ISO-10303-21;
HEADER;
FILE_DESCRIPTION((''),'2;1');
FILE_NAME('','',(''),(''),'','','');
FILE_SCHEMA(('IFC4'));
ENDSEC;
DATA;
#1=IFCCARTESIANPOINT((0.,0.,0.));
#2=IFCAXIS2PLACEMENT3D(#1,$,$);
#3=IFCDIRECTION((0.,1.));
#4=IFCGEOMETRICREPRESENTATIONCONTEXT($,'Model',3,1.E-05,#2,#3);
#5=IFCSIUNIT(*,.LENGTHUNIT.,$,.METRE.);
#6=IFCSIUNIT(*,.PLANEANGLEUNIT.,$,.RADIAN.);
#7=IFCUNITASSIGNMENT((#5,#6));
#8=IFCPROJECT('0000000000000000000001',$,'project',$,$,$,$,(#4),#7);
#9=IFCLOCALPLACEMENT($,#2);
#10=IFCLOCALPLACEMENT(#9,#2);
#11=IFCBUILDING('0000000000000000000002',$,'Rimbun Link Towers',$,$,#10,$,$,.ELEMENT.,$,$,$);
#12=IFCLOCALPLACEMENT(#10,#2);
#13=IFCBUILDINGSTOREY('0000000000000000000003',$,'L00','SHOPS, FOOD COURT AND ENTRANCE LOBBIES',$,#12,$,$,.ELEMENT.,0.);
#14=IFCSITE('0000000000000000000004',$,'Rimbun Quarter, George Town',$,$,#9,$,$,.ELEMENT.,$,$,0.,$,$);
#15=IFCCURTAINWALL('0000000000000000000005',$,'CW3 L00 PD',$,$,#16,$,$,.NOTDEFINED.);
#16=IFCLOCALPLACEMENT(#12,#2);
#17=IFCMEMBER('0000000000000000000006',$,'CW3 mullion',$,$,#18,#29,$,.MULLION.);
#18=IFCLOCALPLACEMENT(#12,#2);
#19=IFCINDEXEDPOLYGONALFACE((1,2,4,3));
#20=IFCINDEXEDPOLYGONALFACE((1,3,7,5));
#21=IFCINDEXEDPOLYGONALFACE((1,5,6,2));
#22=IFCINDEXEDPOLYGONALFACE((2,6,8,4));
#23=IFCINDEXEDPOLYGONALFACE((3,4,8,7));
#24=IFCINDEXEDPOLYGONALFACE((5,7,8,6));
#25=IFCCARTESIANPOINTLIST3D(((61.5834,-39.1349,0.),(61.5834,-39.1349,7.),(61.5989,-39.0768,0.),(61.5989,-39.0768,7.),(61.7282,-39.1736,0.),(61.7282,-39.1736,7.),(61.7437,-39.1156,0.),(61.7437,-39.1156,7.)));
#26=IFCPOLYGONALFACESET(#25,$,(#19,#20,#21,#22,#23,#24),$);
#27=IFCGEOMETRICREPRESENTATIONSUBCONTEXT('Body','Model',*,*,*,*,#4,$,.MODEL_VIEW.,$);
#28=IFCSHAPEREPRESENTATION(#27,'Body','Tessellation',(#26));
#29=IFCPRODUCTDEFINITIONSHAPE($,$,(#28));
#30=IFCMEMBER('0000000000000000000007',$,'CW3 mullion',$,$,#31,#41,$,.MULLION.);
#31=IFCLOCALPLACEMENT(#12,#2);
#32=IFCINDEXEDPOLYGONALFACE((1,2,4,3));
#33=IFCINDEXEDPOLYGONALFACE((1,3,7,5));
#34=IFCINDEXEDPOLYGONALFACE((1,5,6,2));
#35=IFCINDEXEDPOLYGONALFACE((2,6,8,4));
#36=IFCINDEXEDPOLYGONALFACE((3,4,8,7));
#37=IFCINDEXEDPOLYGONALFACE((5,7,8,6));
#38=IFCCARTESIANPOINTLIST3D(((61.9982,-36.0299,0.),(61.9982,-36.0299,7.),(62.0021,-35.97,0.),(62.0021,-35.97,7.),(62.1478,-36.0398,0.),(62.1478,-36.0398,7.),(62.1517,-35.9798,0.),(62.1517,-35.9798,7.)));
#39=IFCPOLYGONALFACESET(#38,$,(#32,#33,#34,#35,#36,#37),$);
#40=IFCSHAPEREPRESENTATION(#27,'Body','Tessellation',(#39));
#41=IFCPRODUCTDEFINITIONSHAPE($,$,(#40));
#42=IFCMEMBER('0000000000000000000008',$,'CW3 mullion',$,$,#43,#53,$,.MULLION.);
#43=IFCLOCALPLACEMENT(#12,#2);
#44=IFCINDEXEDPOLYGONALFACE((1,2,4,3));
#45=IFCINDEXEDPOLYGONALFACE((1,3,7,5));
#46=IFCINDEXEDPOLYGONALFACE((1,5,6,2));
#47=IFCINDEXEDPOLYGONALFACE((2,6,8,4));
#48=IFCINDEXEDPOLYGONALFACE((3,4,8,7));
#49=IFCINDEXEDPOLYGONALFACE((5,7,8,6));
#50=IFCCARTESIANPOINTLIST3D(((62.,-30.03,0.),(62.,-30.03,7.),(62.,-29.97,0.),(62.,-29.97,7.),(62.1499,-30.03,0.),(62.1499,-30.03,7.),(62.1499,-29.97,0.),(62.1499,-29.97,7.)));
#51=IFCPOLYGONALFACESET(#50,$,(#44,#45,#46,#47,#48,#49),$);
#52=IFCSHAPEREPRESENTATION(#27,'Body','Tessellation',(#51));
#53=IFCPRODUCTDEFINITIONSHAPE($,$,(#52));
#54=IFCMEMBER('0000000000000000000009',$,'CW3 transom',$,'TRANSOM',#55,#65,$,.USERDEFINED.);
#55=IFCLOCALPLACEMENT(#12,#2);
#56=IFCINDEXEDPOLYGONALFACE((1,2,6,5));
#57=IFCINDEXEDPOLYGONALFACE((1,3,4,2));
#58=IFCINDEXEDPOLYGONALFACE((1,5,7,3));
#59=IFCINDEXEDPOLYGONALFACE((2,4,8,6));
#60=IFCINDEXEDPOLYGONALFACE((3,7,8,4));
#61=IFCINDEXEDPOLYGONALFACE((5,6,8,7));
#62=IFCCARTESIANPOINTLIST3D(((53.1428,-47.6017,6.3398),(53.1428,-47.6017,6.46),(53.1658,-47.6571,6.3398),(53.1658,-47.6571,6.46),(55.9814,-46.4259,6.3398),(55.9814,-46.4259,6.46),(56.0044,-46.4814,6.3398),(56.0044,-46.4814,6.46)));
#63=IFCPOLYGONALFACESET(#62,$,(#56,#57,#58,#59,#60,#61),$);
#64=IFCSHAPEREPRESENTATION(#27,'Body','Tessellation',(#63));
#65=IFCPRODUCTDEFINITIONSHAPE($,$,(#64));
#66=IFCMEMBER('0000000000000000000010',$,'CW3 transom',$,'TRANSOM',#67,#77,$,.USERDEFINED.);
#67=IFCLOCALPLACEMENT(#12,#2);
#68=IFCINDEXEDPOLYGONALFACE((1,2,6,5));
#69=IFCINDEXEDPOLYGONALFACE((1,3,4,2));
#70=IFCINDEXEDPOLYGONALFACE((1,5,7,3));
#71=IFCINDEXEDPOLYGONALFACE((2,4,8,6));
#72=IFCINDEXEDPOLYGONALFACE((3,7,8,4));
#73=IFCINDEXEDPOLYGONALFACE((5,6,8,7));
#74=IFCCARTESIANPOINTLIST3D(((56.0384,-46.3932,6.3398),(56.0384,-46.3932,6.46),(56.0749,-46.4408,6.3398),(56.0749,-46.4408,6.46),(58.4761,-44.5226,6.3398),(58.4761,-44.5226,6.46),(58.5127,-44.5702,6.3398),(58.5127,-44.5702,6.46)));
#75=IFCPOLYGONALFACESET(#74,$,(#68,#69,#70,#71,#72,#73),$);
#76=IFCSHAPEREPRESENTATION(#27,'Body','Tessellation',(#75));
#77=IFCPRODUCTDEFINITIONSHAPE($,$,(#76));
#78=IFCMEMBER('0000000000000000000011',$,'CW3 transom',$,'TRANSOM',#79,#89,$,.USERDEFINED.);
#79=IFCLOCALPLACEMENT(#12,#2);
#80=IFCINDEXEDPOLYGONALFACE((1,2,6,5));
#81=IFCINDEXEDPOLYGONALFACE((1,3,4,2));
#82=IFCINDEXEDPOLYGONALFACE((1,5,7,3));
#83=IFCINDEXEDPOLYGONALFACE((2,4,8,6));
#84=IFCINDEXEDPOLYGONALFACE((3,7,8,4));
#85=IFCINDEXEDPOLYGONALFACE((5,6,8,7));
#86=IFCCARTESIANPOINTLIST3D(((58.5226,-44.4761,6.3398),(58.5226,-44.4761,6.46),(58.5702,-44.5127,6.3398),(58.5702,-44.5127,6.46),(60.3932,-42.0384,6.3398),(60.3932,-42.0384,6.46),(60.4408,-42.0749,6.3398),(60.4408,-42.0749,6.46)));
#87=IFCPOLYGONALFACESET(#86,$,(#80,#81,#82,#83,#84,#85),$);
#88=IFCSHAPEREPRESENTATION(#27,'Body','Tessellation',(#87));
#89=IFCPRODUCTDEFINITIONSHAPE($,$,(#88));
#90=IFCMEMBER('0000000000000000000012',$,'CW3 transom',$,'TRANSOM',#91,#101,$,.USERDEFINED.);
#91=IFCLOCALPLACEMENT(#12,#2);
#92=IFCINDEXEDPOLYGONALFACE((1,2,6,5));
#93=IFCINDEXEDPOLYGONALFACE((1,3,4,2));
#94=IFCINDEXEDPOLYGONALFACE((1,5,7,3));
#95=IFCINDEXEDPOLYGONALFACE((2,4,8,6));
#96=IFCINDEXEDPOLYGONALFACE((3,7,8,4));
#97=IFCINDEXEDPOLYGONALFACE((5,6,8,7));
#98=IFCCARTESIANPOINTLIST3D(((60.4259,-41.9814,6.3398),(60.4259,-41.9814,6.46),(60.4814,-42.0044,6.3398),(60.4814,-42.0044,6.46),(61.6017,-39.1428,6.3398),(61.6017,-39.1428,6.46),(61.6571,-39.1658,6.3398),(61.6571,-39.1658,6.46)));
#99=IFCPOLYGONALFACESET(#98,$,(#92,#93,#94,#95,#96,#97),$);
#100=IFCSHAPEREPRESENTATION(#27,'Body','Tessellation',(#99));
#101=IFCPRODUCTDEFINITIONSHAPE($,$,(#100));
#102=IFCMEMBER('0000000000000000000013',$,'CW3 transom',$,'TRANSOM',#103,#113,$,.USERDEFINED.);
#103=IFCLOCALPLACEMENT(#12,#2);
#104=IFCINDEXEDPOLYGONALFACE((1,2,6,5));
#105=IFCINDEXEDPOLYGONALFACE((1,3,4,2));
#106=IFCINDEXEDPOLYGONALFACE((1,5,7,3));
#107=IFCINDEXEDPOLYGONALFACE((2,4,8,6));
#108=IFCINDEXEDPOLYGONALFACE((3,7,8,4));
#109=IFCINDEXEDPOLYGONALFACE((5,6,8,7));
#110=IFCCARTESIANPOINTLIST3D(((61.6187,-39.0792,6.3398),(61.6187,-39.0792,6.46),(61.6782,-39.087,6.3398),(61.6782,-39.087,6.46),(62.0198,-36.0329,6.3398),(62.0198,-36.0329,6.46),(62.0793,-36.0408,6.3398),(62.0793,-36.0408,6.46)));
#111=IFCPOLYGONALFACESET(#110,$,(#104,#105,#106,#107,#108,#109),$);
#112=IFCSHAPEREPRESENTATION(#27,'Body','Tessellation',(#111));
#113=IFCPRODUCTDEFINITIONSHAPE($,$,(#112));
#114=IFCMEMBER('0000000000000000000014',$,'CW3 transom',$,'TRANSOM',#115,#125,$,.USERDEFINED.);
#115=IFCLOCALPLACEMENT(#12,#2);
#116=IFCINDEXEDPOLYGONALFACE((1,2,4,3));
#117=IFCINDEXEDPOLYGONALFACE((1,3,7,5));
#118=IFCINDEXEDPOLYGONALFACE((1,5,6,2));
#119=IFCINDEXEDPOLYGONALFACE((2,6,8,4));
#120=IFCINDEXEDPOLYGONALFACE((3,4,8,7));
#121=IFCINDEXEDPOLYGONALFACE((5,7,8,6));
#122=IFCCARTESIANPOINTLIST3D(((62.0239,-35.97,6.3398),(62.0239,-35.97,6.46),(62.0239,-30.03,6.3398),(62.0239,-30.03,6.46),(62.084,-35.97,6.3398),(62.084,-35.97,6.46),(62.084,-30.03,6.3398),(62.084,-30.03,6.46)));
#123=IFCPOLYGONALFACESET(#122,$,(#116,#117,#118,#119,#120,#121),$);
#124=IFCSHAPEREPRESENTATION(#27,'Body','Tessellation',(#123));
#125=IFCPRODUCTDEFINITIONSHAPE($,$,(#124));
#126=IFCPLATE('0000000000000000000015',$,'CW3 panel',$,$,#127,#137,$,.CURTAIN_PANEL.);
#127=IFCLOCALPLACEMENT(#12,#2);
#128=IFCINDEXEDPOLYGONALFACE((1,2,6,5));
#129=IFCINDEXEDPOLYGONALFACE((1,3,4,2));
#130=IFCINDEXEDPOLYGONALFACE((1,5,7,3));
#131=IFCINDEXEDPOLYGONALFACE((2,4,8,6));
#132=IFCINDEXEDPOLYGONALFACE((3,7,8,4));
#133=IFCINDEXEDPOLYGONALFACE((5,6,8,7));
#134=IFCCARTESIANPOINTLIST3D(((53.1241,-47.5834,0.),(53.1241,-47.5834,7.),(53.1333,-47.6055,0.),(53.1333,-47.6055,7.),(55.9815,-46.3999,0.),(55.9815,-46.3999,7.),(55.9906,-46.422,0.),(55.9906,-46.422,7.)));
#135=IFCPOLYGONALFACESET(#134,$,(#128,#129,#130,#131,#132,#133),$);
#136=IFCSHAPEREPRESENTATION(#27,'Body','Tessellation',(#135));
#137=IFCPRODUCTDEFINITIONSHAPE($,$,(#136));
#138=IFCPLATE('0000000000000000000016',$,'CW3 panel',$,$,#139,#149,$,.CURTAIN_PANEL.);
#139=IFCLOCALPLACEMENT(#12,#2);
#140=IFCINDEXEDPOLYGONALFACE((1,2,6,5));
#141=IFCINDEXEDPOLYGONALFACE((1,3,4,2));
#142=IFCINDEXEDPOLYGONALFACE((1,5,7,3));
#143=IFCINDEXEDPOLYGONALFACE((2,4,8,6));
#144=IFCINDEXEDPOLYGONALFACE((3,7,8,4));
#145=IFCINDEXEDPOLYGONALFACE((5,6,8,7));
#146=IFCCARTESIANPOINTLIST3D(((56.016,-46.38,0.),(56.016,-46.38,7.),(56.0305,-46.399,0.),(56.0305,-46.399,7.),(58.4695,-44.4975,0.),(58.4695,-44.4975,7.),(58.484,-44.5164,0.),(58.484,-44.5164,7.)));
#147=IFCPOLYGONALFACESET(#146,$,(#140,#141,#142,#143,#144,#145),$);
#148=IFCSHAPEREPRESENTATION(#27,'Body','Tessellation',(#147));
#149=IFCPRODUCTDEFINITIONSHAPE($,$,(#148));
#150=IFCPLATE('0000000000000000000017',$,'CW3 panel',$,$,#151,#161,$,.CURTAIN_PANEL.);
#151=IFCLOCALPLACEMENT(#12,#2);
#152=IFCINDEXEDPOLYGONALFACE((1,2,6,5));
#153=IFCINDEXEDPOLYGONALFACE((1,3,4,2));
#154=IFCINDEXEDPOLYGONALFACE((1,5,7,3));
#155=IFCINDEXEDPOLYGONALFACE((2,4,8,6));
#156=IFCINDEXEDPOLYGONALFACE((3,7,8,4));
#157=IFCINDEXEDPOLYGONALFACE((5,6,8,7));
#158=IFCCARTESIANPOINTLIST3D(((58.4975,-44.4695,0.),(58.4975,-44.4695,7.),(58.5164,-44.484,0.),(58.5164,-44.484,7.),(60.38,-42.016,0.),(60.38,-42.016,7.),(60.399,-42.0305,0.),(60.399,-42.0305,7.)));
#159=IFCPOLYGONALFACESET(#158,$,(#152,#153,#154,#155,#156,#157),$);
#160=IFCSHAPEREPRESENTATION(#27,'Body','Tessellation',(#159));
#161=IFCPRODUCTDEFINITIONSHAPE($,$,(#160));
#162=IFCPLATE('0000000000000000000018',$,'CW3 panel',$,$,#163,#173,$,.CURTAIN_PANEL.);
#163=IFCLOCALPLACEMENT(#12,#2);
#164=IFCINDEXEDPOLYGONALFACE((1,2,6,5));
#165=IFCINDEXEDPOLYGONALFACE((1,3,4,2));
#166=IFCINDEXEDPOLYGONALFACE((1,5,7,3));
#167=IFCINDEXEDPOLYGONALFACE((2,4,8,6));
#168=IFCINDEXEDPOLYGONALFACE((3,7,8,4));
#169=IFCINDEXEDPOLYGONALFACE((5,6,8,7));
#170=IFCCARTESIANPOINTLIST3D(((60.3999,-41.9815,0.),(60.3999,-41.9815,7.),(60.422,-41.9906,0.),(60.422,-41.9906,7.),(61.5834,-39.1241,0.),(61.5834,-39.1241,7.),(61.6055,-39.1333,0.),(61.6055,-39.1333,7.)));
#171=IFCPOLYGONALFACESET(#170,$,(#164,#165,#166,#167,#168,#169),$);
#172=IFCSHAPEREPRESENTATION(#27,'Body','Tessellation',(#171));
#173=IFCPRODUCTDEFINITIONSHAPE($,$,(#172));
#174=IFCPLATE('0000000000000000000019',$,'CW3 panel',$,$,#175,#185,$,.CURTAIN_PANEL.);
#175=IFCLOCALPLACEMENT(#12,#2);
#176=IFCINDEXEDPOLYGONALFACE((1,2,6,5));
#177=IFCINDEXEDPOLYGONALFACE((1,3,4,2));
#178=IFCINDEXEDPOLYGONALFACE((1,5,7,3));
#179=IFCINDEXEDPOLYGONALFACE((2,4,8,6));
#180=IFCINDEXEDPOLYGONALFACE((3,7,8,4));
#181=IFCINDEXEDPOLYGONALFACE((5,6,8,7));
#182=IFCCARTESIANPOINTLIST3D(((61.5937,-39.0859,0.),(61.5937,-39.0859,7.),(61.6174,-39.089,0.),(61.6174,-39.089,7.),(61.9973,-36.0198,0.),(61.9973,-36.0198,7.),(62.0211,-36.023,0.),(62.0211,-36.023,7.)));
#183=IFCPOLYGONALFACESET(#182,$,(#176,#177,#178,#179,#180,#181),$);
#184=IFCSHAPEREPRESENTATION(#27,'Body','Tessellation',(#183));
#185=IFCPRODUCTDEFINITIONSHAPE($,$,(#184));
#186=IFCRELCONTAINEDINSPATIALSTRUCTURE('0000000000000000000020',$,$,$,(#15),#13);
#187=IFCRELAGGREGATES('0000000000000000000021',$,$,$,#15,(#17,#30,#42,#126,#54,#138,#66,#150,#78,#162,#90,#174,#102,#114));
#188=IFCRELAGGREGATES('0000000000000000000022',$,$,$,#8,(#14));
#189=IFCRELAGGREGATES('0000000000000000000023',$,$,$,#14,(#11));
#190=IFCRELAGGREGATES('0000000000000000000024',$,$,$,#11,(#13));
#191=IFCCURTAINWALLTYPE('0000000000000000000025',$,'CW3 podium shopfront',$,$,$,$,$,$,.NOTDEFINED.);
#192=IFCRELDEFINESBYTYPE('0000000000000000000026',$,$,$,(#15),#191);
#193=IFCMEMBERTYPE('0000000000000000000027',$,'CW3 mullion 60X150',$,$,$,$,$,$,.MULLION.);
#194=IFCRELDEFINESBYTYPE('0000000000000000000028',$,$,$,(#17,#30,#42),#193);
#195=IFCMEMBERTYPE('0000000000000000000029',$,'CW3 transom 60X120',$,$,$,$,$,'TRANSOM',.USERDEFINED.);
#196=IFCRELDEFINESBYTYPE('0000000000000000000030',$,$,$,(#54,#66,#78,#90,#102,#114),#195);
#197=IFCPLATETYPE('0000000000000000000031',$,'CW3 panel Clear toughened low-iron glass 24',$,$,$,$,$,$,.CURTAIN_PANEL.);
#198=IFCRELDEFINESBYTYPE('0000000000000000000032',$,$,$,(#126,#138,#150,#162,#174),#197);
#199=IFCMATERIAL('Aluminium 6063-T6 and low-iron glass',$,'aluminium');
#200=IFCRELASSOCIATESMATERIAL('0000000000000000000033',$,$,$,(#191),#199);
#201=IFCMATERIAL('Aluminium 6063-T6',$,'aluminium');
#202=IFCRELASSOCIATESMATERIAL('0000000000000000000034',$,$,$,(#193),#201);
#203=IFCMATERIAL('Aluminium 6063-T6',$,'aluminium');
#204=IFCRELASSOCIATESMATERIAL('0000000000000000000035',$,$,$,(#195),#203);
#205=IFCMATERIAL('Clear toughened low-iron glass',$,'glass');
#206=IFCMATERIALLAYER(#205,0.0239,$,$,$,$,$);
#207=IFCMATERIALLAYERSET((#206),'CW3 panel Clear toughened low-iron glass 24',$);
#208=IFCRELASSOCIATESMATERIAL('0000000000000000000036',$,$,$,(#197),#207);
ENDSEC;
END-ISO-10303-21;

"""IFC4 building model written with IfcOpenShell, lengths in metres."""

from ifc_helpers import new_model, si_unit, direction, frame, origin, origin_2d, place, context, subcontext, project, spatial, rectangle, extrude, material, layer, layer_set, material_profile, profile_set, type_object, element, aggregate, save


model = new_model("IFC4")

# Units and contexts
model_context = context("Model", 3, precision=1e-05, world=origin(), true_north=direction((0.0, 1.0)))
body_context = subcontext(model_context, "Body", "Model", "MODEL_VIEW")
ifc_project = project(units=[si_unit("LENGTHUNIT", "METRE"), si_unit("PLANEANGLEUNIT", "RADIAN")], contexts=[model_context])

# Site, building, storey
site_placement = place(None, origin())
site = spatial("IfcSite", under=ifc_project, at=site_placement, Name="Rimbun Quarter, George Town", CompositionType="ELEMENT", RefElevation=0.0)
building_placement = place(site_placement, origin())
building = spatial("IfcBuilding", under=site, at=building_placement, Name="Rimbun Link Towers", CompositionType="ELEMENT")
storey_placement = place(building_placement, origin())
storey = spatial("IfcBuildingStorey", under=building, at=storey_placement, Name="L00", Description="SHOPS, FOOD COURT AND ENTRANCE LOBBIES", CompositionType="ELEMENT", Elevation=0.0)

# Curtain wall, members, plates
ifc_material_1 = material(Name="Aluminium 6063-T6 and low-iron glass", Category="aluminium")
curtain_wall_type = type_object("IfcCurtainWallType", Name="CW3 podium shopfront", PredefinedType="NOTDEFINED", material=ifc_material_1)
curtain_wall_placement = place(storey_placement, origin())
curtain_wall = element("IfcCurtainWall", 1, at=curtain_wall_placement, inside=storey, type_object=curtain_wall_type, Name="CW3 L00 PD", PredefinedType="NOTDEFINED")
ifc_material_2 = material(Name="Aluminium 6063-T6", Category="aluminium")
ifc_material_profile_1 = material_profile(ifc_material_2, rectangle(XDim=0.1499, YDim=0.0601, at=origin_2d()), Name="MULLION 60X150")
ifc_profile_set_1 = profile_set([ifc_material_profile_1], Name="Aluminium 6063-T6")
member_type_1 = type_object("IfcMemberType", Name="CW3 mullion 60X150", PredefinedType="MULLION", material=ifc_profile_set_1)
member_1_placement = place(storey_placement, frame((61.6636, -39.1252, 0.0), z_axis=(0.0, 0.0, 1.0), x_axis=(0.965926, -0.258819, 0.0)))
member_1 = element("IfcMember", 2, at=member_1_placement, type_object=member_type_1, Name="CW3 mullion", PredefinedType="MULLION", context=body_context, shape_type="SweptSolid", body=[
    extrude(rectangle(XDim=0.1499, YDim=0.0601, at=origin_2d()), origin(), (0.0, 0.0, 1.0), 7.0),
])
member_2_placement = place(storey_placement, frame((62.075, -36.0049, 0.0), z_axis=(0.0, 0.0, 1.0), x_axis=(0.997859, -0.065405, 0.0)))
member_2 = element("IfcMember", 3, at=member_2_placement, type_object=member_type_1, Name="CW3 mullion", PredefinedType="MULLION", context=body_context, shape_type="SweptSolid", body=[
    extrude(rectangle(XDim=0.1499, YDim=0.0601, at=origin_2d()), origin(), (0.0, 0.0, 1.0), 7.0),
])
member_3_placement = place(storey_placement, frame((62.075, -30.0, 0.0), z_axis=(0.0, 0.0, 1.0), x_axis=(1.0, 0.0, 0.0)))
member_3 = element("IfcMember", 4, at=member_3_placement, type_object=member_type_1, Name="CW3 mullion", PredefinedType="MULLION", context=body_context, shape_type="SweptSolid", body=[
    extrude(rectangle(XDim=0.1499, YDim=0.0601, at=origin_2d()), origin(), (0.0, 0.0, 1.0), 7.0),
])
ifc_material_3 = material(Name="Aluminium 6063-T6", Category="aluminium")
ifc_material_profile_2 = material_profile(ifc_material_3, rectangle(XDim=0.0601, YDim=0.1201, at=origin_2d()), Name="TRANSOM 60X120")
ifc_profile_set_2 = profile_set([ifc_material_profile_2], Name="Aluminium 6063-T6")
member_type_2 = type_object("IfcMemberType", Name="CW3 transom 60X120", ElementType="TRANSOM", PredefinedType="USERDEFINED", material=ifc_profile_set_2)
member_4_placement = place(storey_placement, frame((55.9929, -46.4536, 6.3999), z_axis=(-0.923881, -0.382679, 0.0), x_axis=(0.382679, -0.923881, 0.0)))
member_4 = element("IfcMember", 5, at=member_4_placement, type_object=member_type_2, Name="CW3 transom", ObjectType="TRANSOM", PredefinedType="USERDEFINED", context=body_context, shape_type="SweptSolid", body=[
    extrude(rectangle(XDim=0.0601, YDim=0.1201, at=origin_2d()), origin(), (0.0, 0.0, 1.0), 3.0725),
])
member_5_placement = place(storey_placement, frame((58.4944, -44.5464, 6.3999), z_axis=(-0.793344, -0.608773, 0.0), x_axis=(0.608773, -0.793344, 0.0)))
member_5 = element("IfcMember", 6, at=member_5_placement, type_object=member_type_2, Name="CW3 transom", ObjectType="TRANSOM", PredefinedType="USERDEFINED", context=body_context, shape_type="SweptSolid", body=[
    extrude(rectangle(XDim=0.0601, YDim=0.1201, at=origin_2d()), origin(), (0.0, 0.0, 1.0), 3.0728),
])
member_6_placement = place(storey_placement, frame((60.417, -42.0566, 6.3999), z_axis=(-0.608773, -0.793344, 0.0), x_axis=(0.793344, -0.608773, 0.0)))
member_6 = element("IfcMember", 7, at=member_6_placement, type_object=member_type_2, Name="CW3 transom", ObjectType="TRANSOM", PredefinedType="USERDEFINED", context=body_context, shape_type="SweptSolid", body=[
    extrude(rectangle(XDim=0.0601, YDim=0.1201, at=origin_2d()), origin(), (0.0, 0.0, 1.0), 3.0728),
])
member_7_placement = place(storey_placement, frame((61.6294, -39.1543, 6.3999), z_axis=(-0.382679, -0.923881, 0.0), x_axis=(0.923881, -0.382679, 0.0)))
member_7 = element("IfcMember", 8, at=member_7_placement, type_object=member_type_2, Name="CW3 transom", ObjectType="TRANSOM", PredefinedType="USERDEFINED", context=body_context, shape_type="SweptSolid", body=[
    extrude(rectangle(XDim=0.0601, YDim=0.1201, at=origin_2d()), origin(), (0.0, 0.0, 1.0), 3.0725),
])
member_8_placement = place(storey_placement, frame((62.0496, -36.0369, 6.3999), z_axis=(-0.130555, -0.991441, 0.0), x_axis=(0.991441, -0.130555, 0.0)))
member_8 = element("IfcMember", 9, at=member_8_placement, type_object=member_type_2, Name="CW3 transom", ObjectType="TRANSOM", PredefinedType="USERDEFINED", context=body_context, shape_type="SweptSolid", body=[
    extrude(rectangle(XDim=0.0601, YDim=0.1201, at=origin_2d()), origin(), (0.0, 0.0, 1.0), 3.0725),
])
member_9_placement = place(storey_placement, frame((62.054, -30.03, 6.3999), z_axis=(0.0, -1.0, 0.0), x_axis=(1.0, 0.0, 0.0)))
member_9 = element("IfcMember", 10, at=member_9_placement, type_object=member_type_2, Name="CW3 transom", ObjectType="TRANSOM", PredefinedType="USERDEFINED", context=body_context, shape_type="SweptSolid", body=[
    extrude(rectangle(XDim=0.0601, YDim=0.1201, at=origin_2d()), origin(), (0.0, 0.0, 1.0), 5.9399),
])
ifc_material_4 = material(Name="Clear toughened low-iron glass", Category="glass")
ifc_layer_1 = layer(ifc_material_4, 0.0239)
ifc_layer_set_1 = layer_set([ifc_layer_1], Name="CW3 panel Clear toughened low-iron glass 24")
plate_type = type_object("IfcPlateType", Name="CW3 panel Clear toughened low-iron glass 24", PredefinedType="CURTAIN_PANEL", material=ifc_layer_set_1)
plate_1_placement = place(storey_placement, frame((54.5574, -47.0027, 0.0), z_axis=(0.0, 0.0, 1.0), x_axis=(-0.923881, -0.382679, 0.0)))
plate_1 = element("IfcPlate", 11, at=plate_1_placement, type_object=plate_type, Name="CW3 panel", PredefinedType="CURTAIN_PANEL", context=body_context, shape_type="SweptSolid", body=[
    extrude(rectangle(XDim=3.0928, YDim=0.0239, at=origin_2d()), origin(), (0.0, 0.0, 1.0), 7.0),
])
plate_2_placement = place(storey_placement, frame((57.25, -45.4482, 0.0), z_axis=(0.0, 0.0, 1.0), x_axis=(-0.793359, -0.608754, 0.0)))
plate_2 = element("IfcPlate", 12, at=plate_2_placement, type_object=plate_type, Name="CW3 panel", PredefinedType="CURTAIN_PANEL", context=body_context, shape_type="SweptSolid", body=[
    extrude(rectangle(XDim=3.0925, YDim=0.0239, at=origin_2d()), origin(), (0.0, 0.0, 1.0), 7.0),
])
plate_3_placement = place(storey_placement, frame((59.4482, -43.25, 0.0), z_axis=(0.0, 0.0, 1.0), x_axis=(-0.608754, -0.793359, 0.0)))
plate_3 = element("IfcPlate", 13, at=plate_3_placement, type_object=plate_type, Name="CW3 panel", PredefinedType="CURTAIN_PANEL", context=body_context, shape_type="SweptSolid", body=[
    extrude(rectangle(XDim=3.0925, YDim=0.0239, at=origin_2d()), origin(), (0.0, 0.0, 1.0), 7.0),
])
plate_4_placement = place(storey_placement, frame((61.0027, -40.5574, 0.0), z_axis=(0.0, 0.0, 1.0), x_axis=(-0.382679, -0.923881, 0.0)))
plate_4 = element("IfcPlate", 14, at=plate_4_placement, type_object=plate_type, Name="CW3 panel", PredefinedType="CURTAIN_PANEL", context=body_context, shape_type="SweptSolid", body=[
    extrude(rectangle(XDim=3.0928, YDim=0.0239, at=origin_2d()), origin(), (0.0, 0.0, 1.0), 7.0),
])
plate_5_placement = place(storey_placement, frame((61.8074, -37.5544, 0.0), z_axis=(0.0, 0.0, 1.0), x_axis=(-0.13053, -0.991444, 0.0)))
plate_5 = element("IfcPlate", 15, at=plate_5_placement, type_object=plate_type, Name="CW3 panel", PredefinedType="CURTAIN_PANEL", context=body_context, shape_type="SweptSolid", body=[
    extrude(rectangle(XDim=3.0925, YDim=0.0239, at=origin_2d()), origin(), (0.0, 0.0, 1.0), 7.0),
])
aggregate(curtain_wall, [member_1, member_2, member_3, plate_1, member_4, plate_2, member_5, plate_3, member_6, plate_4, member_7, plate_5, member_8, member_9])

save(model, "model.ifc")
